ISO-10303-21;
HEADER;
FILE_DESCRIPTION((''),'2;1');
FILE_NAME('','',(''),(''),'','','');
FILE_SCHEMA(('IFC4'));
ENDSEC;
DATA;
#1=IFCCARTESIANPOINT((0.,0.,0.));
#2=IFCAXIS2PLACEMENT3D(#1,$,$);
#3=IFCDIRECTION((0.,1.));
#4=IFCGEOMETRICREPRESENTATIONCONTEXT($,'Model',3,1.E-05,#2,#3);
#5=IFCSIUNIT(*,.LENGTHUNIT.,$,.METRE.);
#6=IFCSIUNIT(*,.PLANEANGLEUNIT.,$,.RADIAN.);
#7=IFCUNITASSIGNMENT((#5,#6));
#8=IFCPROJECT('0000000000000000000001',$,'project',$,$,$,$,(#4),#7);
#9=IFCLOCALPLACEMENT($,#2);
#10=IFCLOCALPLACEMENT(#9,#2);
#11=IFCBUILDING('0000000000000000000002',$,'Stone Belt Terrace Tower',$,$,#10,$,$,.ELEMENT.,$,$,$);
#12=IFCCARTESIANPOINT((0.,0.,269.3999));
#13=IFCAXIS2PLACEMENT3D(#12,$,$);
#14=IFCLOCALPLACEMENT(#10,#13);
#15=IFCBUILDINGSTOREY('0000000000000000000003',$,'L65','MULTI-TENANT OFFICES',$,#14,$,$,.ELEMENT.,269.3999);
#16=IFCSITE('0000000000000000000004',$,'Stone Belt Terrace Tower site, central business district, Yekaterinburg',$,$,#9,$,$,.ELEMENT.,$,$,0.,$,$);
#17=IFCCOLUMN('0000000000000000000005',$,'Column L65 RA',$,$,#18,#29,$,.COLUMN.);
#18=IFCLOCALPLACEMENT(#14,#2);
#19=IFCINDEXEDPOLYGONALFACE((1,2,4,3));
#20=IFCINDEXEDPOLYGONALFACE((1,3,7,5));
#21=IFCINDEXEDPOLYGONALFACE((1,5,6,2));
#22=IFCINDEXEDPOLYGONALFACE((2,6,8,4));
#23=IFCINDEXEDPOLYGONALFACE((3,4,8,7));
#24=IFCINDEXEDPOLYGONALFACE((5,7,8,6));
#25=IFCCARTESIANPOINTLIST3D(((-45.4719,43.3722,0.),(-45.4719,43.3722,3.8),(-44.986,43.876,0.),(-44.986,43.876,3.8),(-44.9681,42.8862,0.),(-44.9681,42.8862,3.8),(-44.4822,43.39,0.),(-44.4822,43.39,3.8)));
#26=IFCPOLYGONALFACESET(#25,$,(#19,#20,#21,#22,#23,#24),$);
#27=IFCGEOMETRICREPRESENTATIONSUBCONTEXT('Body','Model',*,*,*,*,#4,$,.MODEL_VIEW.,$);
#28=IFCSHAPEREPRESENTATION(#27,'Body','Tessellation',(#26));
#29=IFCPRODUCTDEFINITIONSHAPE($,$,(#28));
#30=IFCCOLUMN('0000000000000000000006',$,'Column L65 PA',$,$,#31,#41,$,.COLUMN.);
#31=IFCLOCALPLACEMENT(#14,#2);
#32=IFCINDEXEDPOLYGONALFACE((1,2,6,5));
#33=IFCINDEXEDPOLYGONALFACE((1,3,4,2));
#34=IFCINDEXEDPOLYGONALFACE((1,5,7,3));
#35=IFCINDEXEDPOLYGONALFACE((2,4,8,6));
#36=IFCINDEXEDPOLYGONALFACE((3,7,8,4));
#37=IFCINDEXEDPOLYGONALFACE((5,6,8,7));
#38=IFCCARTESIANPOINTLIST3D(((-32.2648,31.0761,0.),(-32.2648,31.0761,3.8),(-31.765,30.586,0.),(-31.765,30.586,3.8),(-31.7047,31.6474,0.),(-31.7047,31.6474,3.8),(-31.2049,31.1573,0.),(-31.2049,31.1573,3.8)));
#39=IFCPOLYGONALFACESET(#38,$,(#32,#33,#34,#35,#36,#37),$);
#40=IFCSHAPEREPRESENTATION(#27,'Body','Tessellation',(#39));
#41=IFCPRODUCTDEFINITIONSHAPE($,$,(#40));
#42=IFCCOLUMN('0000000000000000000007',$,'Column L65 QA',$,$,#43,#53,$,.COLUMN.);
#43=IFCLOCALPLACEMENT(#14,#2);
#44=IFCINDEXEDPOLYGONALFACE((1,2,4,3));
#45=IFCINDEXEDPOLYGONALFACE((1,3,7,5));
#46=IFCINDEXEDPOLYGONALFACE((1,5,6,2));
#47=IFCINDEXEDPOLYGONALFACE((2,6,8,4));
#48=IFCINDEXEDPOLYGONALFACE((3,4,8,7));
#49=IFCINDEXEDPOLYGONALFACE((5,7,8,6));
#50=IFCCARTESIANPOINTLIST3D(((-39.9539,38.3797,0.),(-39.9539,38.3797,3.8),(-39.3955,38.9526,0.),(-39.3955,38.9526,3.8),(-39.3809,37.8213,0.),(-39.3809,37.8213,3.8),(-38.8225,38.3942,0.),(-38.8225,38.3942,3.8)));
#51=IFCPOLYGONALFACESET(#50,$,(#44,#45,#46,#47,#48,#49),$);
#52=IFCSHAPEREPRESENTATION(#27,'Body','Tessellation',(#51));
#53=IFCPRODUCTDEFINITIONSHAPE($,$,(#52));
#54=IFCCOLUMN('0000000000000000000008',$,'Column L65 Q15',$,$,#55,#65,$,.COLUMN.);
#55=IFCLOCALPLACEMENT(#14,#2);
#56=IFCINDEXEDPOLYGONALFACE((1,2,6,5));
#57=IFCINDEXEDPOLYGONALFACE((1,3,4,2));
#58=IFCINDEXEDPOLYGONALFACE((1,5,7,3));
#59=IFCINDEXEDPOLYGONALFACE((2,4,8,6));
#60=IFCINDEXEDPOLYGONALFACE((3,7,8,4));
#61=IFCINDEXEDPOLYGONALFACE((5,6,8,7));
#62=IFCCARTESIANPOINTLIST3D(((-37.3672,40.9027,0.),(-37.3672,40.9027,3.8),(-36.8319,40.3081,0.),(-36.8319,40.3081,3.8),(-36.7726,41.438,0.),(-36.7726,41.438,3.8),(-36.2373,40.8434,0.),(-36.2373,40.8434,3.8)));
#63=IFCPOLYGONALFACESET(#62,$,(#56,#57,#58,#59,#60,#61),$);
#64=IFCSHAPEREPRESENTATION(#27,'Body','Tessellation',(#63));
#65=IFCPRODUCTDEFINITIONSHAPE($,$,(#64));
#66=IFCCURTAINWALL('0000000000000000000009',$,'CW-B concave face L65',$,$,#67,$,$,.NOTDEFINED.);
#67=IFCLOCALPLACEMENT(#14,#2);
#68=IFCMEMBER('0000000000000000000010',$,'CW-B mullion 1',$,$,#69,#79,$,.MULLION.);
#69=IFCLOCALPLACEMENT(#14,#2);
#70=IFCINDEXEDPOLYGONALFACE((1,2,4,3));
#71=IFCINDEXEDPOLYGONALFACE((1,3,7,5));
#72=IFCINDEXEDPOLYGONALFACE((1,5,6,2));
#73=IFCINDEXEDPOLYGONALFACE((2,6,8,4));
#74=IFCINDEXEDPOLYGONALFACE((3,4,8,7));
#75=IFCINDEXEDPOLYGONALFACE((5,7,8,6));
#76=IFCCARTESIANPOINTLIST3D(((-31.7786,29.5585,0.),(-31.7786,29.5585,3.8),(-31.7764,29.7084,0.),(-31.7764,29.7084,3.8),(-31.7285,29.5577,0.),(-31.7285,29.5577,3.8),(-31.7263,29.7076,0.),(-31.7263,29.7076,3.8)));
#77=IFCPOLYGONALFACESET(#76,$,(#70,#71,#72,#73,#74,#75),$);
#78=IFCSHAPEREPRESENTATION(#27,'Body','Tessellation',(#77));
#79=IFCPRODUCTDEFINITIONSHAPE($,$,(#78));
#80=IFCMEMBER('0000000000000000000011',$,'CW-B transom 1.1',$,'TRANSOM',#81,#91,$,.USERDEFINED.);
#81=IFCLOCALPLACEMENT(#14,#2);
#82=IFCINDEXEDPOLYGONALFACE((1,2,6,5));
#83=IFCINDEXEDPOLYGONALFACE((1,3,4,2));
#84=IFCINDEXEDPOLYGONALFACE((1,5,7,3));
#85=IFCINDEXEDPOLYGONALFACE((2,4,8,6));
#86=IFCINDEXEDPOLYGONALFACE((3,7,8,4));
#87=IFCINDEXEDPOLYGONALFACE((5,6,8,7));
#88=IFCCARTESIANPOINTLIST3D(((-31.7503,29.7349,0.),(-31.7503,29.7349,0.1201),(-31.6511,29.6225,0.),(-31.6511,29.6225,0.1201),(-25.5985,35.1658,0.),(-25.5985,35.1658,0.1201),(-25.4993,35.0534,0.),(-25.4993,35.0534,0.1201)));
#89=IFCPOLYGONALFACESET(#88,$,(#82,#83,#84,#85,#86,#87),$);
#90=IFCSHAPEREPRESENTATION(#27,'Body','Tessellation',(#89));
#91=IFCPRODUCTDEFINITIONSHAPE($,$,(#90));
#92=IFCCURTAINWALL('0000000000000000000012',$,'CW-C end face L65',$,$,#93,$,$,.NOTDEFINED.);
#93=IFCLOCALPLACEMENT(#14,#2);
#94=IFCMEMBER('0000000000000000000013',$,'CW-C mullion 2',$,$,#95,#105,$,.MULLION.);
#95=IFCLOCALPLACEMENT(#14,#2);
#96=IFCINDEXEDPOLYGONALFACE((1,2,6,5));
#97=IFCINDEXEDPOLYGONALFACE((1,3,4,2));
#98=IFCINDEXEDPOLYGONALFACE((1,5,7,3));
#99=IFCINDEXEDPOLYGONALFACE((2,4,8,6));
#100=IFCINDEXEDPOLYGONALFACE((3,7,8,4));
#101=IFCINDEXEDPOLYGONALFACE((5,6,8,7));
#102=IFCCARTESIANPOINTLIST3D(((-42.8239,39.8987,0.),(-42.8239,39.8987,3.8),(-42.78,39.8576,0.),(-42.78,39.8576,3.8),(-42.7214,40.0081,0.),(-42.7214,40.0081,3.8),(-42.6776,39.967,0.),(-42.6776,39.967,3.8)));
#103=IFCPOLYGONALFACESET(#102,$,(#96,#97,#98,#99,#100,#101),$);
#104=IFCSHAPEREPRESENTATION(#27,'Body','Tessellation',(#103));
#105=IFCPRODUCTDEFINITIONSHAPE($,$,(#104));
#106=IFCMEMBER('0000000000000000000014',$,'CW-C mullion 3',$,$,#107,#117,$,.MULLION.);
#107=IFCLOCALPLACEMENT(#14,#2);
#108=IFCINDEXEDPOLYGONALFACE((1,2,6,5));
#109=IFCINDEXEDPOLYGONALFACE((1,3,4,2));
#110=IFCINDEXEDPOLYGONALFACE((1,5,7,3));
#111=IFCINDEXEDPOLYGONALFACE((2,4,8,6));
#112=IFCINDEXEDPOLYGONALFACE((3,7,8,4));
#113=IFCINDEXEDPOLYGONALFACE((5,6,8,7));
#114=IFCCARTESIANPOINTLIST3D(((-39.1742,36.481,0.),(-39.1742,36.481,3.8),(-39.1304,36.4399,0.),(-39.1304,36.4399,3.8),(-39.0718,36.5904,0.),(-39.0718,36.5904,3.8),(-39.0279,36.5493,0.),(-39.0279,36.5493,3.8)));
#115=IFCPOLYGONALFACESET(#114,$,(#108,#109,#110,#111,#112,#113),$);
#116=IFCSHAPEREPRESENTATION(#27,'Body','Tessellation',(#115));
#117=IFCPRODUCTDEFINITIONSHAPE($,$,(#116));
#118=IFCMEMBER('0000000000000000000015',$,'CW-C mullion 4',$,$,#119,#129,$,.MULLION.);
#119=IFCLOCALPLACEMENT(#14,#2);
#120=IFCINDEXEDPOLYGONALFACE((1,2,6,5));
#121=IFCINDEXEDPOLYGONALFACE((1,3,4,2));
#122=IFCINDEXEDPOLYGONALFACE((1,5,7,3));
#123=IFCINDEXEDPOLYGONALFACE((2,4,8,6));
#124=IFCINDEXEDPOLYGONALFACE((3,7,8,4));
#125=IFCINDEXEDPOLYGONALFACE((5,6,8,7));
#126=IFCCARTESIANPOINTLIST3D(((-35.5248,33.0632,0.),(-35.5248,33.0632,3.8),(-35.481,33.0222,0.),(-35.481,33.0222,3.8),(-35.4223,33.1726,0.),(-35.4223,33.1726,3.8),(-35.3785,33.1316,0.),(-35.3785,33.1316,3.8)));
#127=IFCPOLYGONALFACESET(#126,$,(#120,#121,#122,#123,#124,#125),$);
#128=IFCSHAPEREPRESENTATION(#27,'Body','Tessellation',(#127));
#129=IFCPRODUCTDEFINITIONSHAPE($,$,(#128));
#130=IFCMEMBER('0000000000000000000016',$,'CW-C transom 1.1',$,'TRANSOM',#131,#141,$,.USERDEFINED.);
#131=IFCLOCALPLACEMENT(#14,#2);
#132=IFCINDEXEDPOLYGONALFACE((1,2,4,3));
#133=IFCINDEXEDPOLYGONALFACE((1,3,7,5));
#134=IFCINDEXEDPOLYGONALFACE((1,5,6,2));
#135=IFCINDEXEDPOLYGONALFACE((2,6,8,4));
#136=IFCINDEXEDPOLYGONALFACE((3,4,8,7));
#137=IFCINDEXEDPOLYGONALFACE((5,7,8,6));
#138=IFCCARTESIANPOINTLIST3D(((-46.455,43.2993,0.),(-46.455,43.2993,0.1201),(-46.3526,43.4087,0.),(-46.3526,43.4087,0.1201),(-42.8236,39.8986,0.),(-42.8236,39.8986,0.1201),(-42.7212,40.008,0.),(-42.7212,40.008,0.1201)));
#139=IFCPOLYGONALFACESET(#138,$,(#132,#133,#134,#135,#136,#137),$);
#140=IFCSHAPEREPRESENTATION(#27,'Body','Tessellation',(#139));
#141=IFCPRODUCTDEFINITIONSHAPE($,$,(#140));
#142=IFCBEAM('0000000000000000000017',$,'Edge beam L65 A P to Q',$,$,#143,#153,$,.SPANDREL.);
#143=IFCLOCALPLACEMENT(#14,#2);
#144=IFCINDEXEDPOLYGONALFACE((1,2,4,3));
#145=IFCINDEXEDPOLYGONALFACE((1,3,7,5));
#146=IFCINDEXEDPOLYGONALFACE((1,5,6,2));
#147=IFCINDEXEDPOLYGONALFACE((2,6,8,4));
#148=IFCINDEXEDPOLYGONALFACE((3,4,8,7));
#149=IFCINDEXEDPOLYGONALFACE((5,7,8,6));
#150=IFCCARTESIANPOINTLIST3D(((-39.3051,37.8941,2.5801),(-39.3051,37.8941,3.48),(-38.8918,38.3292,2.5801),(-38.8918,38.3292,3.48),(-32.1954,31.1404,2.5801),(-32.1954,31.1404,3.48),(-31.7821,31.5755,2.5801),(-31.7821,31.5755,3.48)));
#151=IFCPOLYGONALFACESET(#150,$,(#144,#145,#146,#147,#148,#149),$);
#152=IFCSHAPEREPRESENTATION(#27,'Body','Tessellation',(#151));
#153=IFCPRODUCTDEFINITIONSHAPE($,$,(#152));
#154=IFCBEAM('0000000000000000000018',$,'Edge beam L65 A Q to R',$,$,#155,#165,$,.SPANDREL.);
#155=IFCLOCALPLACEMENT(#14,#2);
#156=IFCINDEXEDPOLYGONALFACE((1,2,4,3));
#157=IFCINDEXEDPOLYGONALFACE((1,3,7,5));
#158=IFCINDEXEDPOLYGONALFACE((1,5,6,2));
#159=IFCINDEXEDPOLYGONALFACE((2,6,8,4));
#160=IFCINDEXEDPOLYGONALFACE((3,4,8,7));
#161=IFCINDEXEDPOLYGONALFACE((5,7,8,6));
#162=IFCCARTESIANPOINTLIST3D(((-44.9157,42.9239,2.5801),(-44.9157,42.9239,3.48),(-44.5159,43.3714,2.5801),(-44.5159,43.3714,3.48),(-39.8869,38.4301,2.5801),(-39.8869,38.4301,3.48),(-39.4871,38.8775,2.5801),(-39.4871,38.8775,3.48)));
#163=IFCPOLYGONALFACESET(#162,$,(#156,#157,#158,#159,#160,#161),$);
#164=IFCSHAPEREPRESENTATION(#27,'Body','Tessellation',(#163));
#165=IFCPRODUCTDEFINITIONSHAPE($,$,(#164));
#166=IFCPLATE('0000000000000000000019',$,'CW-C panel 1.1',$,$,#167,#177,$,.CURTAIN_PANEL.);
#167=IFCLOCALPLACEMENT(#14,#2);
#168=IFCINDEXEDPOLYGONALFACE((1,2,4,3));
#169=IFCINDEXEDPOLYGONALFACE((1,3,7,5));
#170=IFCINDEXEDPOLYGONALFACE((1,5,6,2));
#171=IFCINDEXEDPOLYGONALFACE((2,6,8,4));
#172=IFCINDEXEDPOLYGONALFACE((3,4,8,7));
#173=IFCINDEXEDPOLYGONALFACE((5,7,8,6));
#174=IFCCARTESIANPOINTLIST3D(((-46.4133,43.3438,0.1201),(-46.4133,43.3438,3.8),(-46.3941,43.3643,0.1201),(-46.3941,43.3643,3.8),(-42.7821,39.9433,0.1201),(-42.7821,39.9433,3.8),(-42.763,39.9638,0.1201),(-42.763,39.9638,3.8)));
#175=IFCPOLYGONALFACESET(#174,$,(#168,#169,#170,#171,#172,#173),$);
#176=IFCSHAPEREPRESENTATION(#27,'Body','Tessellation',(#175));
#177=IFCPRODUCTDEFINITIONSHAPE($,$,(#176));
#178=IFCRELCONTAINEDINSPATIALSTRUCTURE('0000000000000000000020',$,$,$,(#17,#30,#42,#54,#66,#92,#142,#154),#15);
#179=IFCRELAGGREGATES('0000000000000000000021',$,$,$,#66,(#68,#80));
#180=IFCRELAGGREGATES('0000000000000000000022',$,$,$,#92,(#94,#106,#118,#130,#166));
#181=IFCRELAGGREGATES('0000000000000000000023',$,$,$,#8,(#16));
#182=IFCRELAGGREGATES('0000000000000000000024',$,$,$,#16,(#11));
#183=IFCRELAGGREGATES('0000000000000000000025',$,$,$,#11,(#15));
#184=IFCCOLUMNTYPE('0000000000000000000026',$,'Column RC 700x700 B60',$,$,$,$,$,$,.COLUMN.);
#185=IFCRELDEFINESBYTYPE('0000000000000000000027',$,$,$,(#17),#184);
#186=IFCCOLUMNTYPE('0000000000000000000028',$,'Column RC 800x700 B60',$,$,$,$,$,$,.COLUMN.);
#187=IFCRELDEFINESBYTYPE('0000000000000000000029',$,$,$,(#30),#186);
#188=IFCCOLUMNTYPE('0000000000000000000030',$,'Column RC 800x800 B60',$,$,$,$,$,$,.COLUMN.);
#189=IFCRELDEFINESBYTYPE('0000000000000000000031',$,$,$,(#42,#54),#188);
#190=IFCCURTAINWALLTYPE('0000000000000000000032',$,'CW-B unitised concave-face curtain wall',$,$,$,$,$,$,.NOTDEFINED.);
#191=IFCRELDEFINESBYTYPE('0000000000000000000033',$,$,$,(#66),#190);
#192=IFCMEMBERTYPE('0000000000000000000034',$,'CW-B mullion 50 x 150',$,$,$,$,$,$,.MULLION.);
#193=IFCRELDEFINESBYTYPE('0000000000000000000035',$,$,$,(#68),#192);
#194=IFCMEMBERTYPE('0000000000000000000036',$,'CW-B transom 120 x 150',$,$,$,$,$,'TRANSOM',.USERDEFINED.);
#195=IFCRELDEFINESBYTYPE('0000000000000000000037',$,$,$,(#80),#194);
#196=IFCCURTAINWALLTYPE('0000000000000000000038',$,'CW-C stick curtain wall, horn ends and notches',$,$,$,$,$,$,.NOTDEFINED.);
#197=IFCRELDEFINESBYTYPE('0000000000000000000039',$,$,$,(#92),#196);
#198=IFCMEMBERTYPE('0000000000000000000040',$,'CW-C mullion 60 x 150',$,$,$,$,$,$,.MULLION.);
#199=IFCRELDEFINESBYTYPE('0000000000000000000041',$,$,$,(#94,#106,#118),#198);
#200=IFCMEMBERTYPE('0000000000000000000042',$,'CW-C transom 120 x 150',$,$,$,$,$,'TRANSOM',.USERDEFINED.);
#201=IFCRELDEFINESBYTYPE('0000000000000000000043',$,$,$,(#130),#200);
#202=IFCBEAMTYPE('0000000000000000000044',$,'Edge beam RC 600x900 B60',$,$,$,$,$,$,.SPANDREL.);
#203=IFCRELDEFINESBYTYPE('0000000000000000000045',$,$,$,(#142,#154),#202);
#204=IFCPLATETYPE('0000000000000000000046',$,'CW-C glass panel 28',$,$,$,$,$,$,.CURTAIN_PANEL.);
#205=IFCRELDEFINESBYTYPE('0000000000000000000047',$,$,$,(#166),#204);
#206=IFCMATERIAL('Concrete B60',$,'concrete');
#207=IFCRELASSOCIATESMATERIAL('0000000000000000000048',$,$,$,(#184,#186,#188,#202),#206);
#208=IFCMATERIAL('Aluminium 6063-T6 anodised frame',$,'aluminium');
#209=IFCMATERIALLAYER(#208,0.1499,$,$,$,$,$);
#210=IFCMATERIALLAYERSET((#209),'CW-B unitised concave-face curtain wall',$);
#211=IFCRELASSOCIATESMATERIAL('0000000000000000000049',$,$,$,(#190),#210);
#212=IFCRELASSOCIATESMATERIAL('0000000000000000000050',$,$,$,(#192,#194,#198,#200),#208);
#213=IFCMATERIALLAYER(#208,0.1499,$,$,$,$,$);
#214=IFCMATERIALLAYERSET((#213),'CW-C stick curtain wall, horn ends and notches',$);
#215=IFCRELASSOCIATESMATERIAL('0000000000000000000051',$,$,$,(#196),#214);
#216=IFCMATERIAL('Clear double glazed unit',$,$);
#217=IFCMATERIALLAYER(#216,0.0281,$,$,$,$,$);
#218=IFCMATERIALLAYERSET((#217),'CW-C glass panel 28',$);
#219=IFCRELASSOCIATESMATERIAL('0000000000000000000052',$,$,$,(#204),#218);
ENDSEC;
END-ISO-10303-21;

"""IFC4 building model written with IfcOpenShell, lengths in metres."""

from ifc_helpers import new_model, si_unit, direction, frame, origin, origin_2d, place, context, subcontext, project, spatial, rectangle, extrude, material, layer, layer_set, material_profile, profile_set, type_object, element, aggregate, save


model = new_model("IFC4")

# Units and contexts
model_context = context("Model", 3, precision=1e-05, world=origin(), true_north=direction((0.0, 1.0)))
body_context = subcontext(model_context, "Body", "Model", "MODEL_VIEW")
ifc_project = project(units=[si_unit("LENGTHUNIT", "METRE"), si_unit("PLANEANGLEUNIT", "RADIAN")], contexts=[model_context])

# Site, building, storey
site_placement = place(None, origin())
site = spatial("IfcSite", under=ifc_project, at=site_placement, Name="Stone Belt Terrace Tower site, central business district, Yekaterinburg", CompositionType="ELEMENT", RefElevation=0.0)
building_placement = place(site_placement, origin())
building = spatial("IfcBuilding", under=site, at=building_placement, Name="Stone Belt Terrace Tower", CompositionType="ELEMENT")
storey_placement = place(building_placement, frame((0.0, 0.0, 269.3999)))
storey = spatial("IfcBuildingStorey", under=building, at=storey_placement, Name="L65", Description="MULTI-TENANT OFFICES", CompositionType="ELEMENT", Elevation=269.3999)

# Columns
ifc_material_1 = material(Name="Concrete B60", Category="concrete")
ifc_material_profile_1 = material_profile(ifc_material_1, rectangle(XDim=0.7, YDim=0.7, at=origin_2d()), Name="RC 700x700")
ifc_profile_set_1 = profile_set([ifc_material_profile_1], Name="Concrete B60")
column_type_1 = type_object("IfcColumnType", Name="Column RC 700x700 B60", PredefinedType="COLUMN", material=ifc_profile_set_1)
column_1_placement = place(storey_placement, frame((-44.9771, 43.3811, 0.0), z_axis=(0.0, 0.0, 1.0), x_axis=(0.694221, 0.719762, 0.0)))
element("IfcColumn", 1, at=column_1_placement, inside=storey, type_object=column_type_1, Name="Column L65 RA", PredefinedType="COLUMN", context=body_context, shape_type="SweptSolid", body=[
    extrude(rectangle(XDim=0.7, YDim=0.7, at=origin_2d()), origin(), (0.0, 0.0, 1.0), 3.8),
])
ifc_material_profile_2 = material_profile(ifc_material_1, rectangle(XDim=0.8, YDim=0.7, at=origin_2d()), Name="RC 800x700")
ifc_profile_set_2 = profile_set([ifc_material_profile_2], Name="Concrete B60")
column_type_2 = type_object("IfcColumnType", Name="Column RC 800x700 B60", PredefinedType="COLUMN", material=ifc_profile_set_2)
column_2_placement = place(storey_placement, frame((-31.7349, 31.1167, 0.0), z_axis=(0.0, 0.0, 1.0), x_axis=(0.70012, 0.714026, 0.0)))
element("IfcColumn", 2, at=column_2_placement, inside=storey, type_object=column_type_2, Name="Column L65 PA", PredefinedType="COLUMN", context=body_context, shape_type="SweptSolid", body=[
    extrude(rectangle(XDim=0.8, YDim=0.7, at=origin_2d()), origin(), (0.0, 0.0, 1.0), 3.8),
])
ifc_material_profile_3 = material_profile(ifc_material_1, rectangle(XDim=0.8, YDim=0.8, at=origin_2d()), Name="RC 800x800")
ifc_profile_set_3 = profile_set([ifc_material_profile_3], Name="Concrete B60")
column_type_3 = type_object("IfcColumnType", Name="Column RC 800x800 B60", PredefinedType="COLUMN", material=ifc_profile_set_3)
for number, where, z_axis, x_axis, name in (
    (3, (-39.3882, 38.387, 0.0), (0.0, 0.0, 1.0), (0.697944, 0.716152, 0.0), "Column L65 QA"),
    (4, (-36.8022, 40.873, 0.0), (0.0, 0.0, 1.0), (0.743145, 0.669131, 0.0), "Column L65 Q15"),
):
    element("IfcColumn", number, at=place(storey_placement, frame(where, z_axis=z_axis, x_axis=x_axis)), inside=storey, type_object=column_type_3, Name=name, PredefinedType="COLUMN", context=body_context, shape_type="SweptSolid", body=[
        extrude(rectangle(XDim=0.8, YDim=0.8, at=origin_2d()), origin(), (0.0, 0.0, 1.0), 3.8),
    ])

# Curtain walls, members
ifc_material_2 = material(Name="Aluminium 6063-T6 anodised frame", Category="aluminium")
ifc_layer_1 = layer(ifc_material_2, 0.1499)
ifc_layer_set_1 = layer_set([ifc_layer_1], Name="CW-B unitised concave-face curtain wall")
curtain_wall_type_1 = type_object("IfcCurtainWallType", Name="CW-B unitised concave-face curtain wall", PredefinedType="NOTDEFINED", material=ifc_layer_set_1)
curtain_wall_1_placement = place(storey_placement, origin())
curtain_wall_1 = element("IfcCurtainWall", 5, at=curtain_wall_1_placement, inside=storey, type_object=curtain_wall_type_1, Name="CW-B concave face L65", PredefinedType="NOTDEFINED")
ifc_material_profile_4 = material_profile(ifc_material_2, rectangle(XDim=0.1499, YDim=0.05, at=origin_2d()), Name="Aluminium 6063-T6 50x150")
ifc_profile_set_4 = profile_set([ifc_material_profile_4], Name="Aluminium 6063-T6 anodised frame")
member_type_1 = type_object("IfcMemberType", Name="CW-B mullion 50 x 150", PredefinedType="MULLION", material=ifc_profile_set_4)
member_1_placement = place(storey_placement, frame((-31.7524, 29.6331, 0.0), z_axis=(0.0, 0.0, 1.0), x_axis=(0.014682, 0.999892, 0.0)))
member_1 = element("IfcMember", 6, at=member_1_placement, type_object=member_type_1, Name="CW-B mullion 1", PredefinedType="MULLION", context=body_context, shape_type="SweptSolid", body=[
    extrude(rectangle(XDim=0.1499, YDim=0.05, at=origin_2d()), origin(), (0.0, 0.0, 1.0), 3.8),
])
ifc_material_profile_5 = material_profile(ifc_material_2, rectangle(XDim=0.1499, YDim=0.1201, at=origin_2d()), Name="Aluminium 6063-T6 150x120")
ifc_profile_set_5 = profile_set([ifc_material_profile_5], Name="Aluminium 6063-T6 anodised frame")
member_type_2 = type_object("IfcMemberType", Name="CW-B transom 120 x 150", ElementType="TRANSOM", PredefinedType="USERDEFINED", material=ifc_profile_set_5)
member_2_placement = place(storey_placement, frame((-31.7007, 29.6787, 0.0601), z_axis=(0.749669, 0.661813, 0.0), x_axis=(-0.661813, 0.749669, 0.0)))
member_2 = element("IfcMember", 7, at=member_2_placement, type_object=member_type_2, Name="CW-B transom 1.1", ObjectType="TRANSOM", PredefinedType="USERDEFINED", context=body_context, shape_type="SweptSolid", body=[
    extrude(rectangle(XDim=0.1499, YDim=0.1201, at=origin_2d()), origin(), (0.0, 0.0, 1.0), 8.2061),
])
aggregate(curtain_wall_1, [member_1, member_2])
ifc_layer_2 = layer(ifc_material_2, 0.1499)
ifc_layer_set_2 = layer_set([ifc_layer_2], Name="CW-C stick curtain wall, horn ends and notches")
curtain_wall_type_2 = type_object("IfcCurtainWallType", Name="CW-C stick curtain wall, horn ends and notches", PredefinedType="NOTDEFINED", material=ifc_layer_set_2)
curtain_wall_2_placement = place(storey_placement, origin())
curtain_wall_2 = element("IfcCurtainWall", 8, at=curtain_wall_2_placement, inside=storey, type_object=curtain_wall_type_2, Name="CW-C end face L65", PredefinedType="NOTDEFINED")
ifc_material_profile_6 = material_profile(ifc_material_2, rectangle(XDim=0.1499, YDim=0.0601, at=origin_2d()), Name="Aluminium 6063-T6 60x150")
ifc_profile_set_6 = profile_set([ifc_material_profile_6], Name="Aluminium 6063-T6 anodised frame")
member_type_3 = type_object("IfcMemberType", Name="CW-C mullion 60 x 150", PredefinedType="MULLION", material=ifc_profile_set_6)
member_3_placement = place(storey_placement, frame((-42.7507, 39.9329, 0.0), z_axis=(0.0, 0.0, 1.0), x_axis=(0.683549, 0.729904, 0.0)))
member_3 = element("IfcMember", 9, at=member_3_placement, type_object=member_type_3, Name="CW-C mullion 2", PredefinedType="MULLION", context=body_context, shape_type="SweptSolid", body=[
    extrude(rectangle(XDim=0.1499, YDim=0.0601, at=origin_2d()), origin(), (0.0, 0.0, 1.0), 3.8),
])
member_4_placement = place(storey_placement, frame((-39.1011, 36.5151, 0.0), z_axis=(0.0, 0.0, 1.0), x_axis=(0.683549, 0.729904, 0.0)))
member_4 = element("IfcMember", 10, at=member_4_placement, type_object=member_type_3, Name="CW-C mullion 3", PredefinedType="MULLION", context=body_context, shape_type="SweptSolid", body=[
    extrude(rectangle(XDim=0.1499, YDim=0.0601, at=origin_2d()), origin(), (0.0, 0.0, 1.0), 3.8),
])
member_5_placement = place(storey_placement, frame((-35.4517, 33.0974, 0.0), z_axis=(0.0, 0.0, 1.0), x_axis=(0.683549, 0.729904, 0.0)))
member_5 = element("IfcMember", 11, at=member_5_placement, type_object=member_type_3, Name="CW-C mullion 4", PredefinedType="MULLION", context=body_context, shape_type="SweptSolid", body=[
    extrude(rectangle(XDim=0.1499, YDim=0.0601, at=origin_2d()), origin(), (0.0, 0.0, 1.0), 3.8),
])
ifc_material_profile_7 = material_profile(ifc_material_2, rectangle(XDim=0.1499, YDim=0.1201, at=origin_2d()), Name="Aluminium 6063-T6 150x120")
ifc_profile_set_7 = profile_set([ifc_material_profile_7], Name="Aluminium 6063-T6 anodised frame")
member_type_4 = type_object("IfcMemberType", Name="CW-C transom 120 x 150", ElementType="TRANSOM", PredefinedType="USERDEFINED", material=ifc_profile_set_7)
member_6_placement = place(storey_placement, frame((-46.4038, 43.354, 0.0601), z_axis=(0.729914, -0.683539, 0.0), x_axis=(0.683539, 0.729914, 0.0)))
member_6 = element("IfcMember", 12, at=member_6_placement, type_object=member_type_4, Name="CW-C transom 1.1", ObjectType="TRANSOM", PredefinedType="USERDEFINED", context=body_context, shape_type="SweptSolid", body=[
    extrude(rectangle(XDim=0.1499, YDim=0.1201, at=origin_2d()), origin(), (0.0, 0.0, 1.0), 4.9751),
])

# Beams
ifc_material_profile_8 = material_profile(ifc_material_1, rectangle(XDim=0.6001, YDim=0.8999, at=origin_2d()), Name="RC 600x900")
ifc_profile_set_8 = profile_set([ifc_material_profile_8], Name="Concrete B60")
beam_type = type_object("IfcBeamType", Name="Edge beam RC 600x900 B60", PredefinedType="SPANDREL", material=ifc_profile_set_8)
beam_1_placement = place(storey_placement, frame((-31.9888, 31.3579, 3.03), z_axis=(-0.725024, 0.688724, 0.0), x_axis=(-0.688724, -0.725024, 0.0)))
element("IfcBeam", 13, at=beam_1_placement, inside=storey, type_object=beam_type, Name="Edge beam L65 A P to Q", PredefinedType="SPANDREL", context=body_context, shape_type="SweptSolid", body=[
    extrude(rectangle(XDim=0.6001, YDim=0.8999, at=origin_2d()), origin(), (0.0, 0.0, 1.0), 9.8062),
])
beam_2_placement = place(storey_placement, frame((-39.687, 38.6538, 3.03), z_axis=(-0.745651, 0.666337, 0.0), x_axis=(-0.666337, -0.745651, 0.0)))
element("IfcBeam", 14, at=beam_2_placement, inside=storey, type_object=beam_type, Name="Edge beam L65 A Q to R", PredefinedType="SPANDREL", context=body_context, shape_type="SweptSolid", body=[
    extrude(rectangle(XDim=0.6001, YDim=0.8999, at=origin_2d()), origin(), (0.0, 0.0, 1.0), 6.7441),
])

# Plate
ifc_material_3 = material(Name="Clear double glazed unit")
ifc_layer_3 = layer(ifc_material_3, 0.0281)
ifc_layer_set_3 = layer_set([ifc_layer_3], Name="CW-C glass panel 28")
plate_type = type_object("IfcPlateType", Name="CW-C glass panel 28", PredefinedType="CURTAIN_PANEL", material=ifc_layer_set_3)
plate_1_placement = place(storey_placement, frame((-44.5881, 41.6538, 0.1201), z_axis=(0.0, 0.0, 1.0), x_axis=(0.729904, -0.683549, 0.0)))
plate_1 = element("IfcPlate", 15, at=plate_1_placement, type_object=plate_type, Name="CW-C panel 1.1", PredefinedType="CURTAIN_PANEL", context=body_context, shape_type="SweptSolid", body=[
    extrude(rectangle(XDim=4.9749, YDim=0.0281, at=origin_2d()), origin(), (0.0, 0.0, 1.0), 3.6799),
])
aggregate(curtain_wall_2, [member_3, member_4, member_5, member_6, plate_1])

save(model, "model.ifc")
